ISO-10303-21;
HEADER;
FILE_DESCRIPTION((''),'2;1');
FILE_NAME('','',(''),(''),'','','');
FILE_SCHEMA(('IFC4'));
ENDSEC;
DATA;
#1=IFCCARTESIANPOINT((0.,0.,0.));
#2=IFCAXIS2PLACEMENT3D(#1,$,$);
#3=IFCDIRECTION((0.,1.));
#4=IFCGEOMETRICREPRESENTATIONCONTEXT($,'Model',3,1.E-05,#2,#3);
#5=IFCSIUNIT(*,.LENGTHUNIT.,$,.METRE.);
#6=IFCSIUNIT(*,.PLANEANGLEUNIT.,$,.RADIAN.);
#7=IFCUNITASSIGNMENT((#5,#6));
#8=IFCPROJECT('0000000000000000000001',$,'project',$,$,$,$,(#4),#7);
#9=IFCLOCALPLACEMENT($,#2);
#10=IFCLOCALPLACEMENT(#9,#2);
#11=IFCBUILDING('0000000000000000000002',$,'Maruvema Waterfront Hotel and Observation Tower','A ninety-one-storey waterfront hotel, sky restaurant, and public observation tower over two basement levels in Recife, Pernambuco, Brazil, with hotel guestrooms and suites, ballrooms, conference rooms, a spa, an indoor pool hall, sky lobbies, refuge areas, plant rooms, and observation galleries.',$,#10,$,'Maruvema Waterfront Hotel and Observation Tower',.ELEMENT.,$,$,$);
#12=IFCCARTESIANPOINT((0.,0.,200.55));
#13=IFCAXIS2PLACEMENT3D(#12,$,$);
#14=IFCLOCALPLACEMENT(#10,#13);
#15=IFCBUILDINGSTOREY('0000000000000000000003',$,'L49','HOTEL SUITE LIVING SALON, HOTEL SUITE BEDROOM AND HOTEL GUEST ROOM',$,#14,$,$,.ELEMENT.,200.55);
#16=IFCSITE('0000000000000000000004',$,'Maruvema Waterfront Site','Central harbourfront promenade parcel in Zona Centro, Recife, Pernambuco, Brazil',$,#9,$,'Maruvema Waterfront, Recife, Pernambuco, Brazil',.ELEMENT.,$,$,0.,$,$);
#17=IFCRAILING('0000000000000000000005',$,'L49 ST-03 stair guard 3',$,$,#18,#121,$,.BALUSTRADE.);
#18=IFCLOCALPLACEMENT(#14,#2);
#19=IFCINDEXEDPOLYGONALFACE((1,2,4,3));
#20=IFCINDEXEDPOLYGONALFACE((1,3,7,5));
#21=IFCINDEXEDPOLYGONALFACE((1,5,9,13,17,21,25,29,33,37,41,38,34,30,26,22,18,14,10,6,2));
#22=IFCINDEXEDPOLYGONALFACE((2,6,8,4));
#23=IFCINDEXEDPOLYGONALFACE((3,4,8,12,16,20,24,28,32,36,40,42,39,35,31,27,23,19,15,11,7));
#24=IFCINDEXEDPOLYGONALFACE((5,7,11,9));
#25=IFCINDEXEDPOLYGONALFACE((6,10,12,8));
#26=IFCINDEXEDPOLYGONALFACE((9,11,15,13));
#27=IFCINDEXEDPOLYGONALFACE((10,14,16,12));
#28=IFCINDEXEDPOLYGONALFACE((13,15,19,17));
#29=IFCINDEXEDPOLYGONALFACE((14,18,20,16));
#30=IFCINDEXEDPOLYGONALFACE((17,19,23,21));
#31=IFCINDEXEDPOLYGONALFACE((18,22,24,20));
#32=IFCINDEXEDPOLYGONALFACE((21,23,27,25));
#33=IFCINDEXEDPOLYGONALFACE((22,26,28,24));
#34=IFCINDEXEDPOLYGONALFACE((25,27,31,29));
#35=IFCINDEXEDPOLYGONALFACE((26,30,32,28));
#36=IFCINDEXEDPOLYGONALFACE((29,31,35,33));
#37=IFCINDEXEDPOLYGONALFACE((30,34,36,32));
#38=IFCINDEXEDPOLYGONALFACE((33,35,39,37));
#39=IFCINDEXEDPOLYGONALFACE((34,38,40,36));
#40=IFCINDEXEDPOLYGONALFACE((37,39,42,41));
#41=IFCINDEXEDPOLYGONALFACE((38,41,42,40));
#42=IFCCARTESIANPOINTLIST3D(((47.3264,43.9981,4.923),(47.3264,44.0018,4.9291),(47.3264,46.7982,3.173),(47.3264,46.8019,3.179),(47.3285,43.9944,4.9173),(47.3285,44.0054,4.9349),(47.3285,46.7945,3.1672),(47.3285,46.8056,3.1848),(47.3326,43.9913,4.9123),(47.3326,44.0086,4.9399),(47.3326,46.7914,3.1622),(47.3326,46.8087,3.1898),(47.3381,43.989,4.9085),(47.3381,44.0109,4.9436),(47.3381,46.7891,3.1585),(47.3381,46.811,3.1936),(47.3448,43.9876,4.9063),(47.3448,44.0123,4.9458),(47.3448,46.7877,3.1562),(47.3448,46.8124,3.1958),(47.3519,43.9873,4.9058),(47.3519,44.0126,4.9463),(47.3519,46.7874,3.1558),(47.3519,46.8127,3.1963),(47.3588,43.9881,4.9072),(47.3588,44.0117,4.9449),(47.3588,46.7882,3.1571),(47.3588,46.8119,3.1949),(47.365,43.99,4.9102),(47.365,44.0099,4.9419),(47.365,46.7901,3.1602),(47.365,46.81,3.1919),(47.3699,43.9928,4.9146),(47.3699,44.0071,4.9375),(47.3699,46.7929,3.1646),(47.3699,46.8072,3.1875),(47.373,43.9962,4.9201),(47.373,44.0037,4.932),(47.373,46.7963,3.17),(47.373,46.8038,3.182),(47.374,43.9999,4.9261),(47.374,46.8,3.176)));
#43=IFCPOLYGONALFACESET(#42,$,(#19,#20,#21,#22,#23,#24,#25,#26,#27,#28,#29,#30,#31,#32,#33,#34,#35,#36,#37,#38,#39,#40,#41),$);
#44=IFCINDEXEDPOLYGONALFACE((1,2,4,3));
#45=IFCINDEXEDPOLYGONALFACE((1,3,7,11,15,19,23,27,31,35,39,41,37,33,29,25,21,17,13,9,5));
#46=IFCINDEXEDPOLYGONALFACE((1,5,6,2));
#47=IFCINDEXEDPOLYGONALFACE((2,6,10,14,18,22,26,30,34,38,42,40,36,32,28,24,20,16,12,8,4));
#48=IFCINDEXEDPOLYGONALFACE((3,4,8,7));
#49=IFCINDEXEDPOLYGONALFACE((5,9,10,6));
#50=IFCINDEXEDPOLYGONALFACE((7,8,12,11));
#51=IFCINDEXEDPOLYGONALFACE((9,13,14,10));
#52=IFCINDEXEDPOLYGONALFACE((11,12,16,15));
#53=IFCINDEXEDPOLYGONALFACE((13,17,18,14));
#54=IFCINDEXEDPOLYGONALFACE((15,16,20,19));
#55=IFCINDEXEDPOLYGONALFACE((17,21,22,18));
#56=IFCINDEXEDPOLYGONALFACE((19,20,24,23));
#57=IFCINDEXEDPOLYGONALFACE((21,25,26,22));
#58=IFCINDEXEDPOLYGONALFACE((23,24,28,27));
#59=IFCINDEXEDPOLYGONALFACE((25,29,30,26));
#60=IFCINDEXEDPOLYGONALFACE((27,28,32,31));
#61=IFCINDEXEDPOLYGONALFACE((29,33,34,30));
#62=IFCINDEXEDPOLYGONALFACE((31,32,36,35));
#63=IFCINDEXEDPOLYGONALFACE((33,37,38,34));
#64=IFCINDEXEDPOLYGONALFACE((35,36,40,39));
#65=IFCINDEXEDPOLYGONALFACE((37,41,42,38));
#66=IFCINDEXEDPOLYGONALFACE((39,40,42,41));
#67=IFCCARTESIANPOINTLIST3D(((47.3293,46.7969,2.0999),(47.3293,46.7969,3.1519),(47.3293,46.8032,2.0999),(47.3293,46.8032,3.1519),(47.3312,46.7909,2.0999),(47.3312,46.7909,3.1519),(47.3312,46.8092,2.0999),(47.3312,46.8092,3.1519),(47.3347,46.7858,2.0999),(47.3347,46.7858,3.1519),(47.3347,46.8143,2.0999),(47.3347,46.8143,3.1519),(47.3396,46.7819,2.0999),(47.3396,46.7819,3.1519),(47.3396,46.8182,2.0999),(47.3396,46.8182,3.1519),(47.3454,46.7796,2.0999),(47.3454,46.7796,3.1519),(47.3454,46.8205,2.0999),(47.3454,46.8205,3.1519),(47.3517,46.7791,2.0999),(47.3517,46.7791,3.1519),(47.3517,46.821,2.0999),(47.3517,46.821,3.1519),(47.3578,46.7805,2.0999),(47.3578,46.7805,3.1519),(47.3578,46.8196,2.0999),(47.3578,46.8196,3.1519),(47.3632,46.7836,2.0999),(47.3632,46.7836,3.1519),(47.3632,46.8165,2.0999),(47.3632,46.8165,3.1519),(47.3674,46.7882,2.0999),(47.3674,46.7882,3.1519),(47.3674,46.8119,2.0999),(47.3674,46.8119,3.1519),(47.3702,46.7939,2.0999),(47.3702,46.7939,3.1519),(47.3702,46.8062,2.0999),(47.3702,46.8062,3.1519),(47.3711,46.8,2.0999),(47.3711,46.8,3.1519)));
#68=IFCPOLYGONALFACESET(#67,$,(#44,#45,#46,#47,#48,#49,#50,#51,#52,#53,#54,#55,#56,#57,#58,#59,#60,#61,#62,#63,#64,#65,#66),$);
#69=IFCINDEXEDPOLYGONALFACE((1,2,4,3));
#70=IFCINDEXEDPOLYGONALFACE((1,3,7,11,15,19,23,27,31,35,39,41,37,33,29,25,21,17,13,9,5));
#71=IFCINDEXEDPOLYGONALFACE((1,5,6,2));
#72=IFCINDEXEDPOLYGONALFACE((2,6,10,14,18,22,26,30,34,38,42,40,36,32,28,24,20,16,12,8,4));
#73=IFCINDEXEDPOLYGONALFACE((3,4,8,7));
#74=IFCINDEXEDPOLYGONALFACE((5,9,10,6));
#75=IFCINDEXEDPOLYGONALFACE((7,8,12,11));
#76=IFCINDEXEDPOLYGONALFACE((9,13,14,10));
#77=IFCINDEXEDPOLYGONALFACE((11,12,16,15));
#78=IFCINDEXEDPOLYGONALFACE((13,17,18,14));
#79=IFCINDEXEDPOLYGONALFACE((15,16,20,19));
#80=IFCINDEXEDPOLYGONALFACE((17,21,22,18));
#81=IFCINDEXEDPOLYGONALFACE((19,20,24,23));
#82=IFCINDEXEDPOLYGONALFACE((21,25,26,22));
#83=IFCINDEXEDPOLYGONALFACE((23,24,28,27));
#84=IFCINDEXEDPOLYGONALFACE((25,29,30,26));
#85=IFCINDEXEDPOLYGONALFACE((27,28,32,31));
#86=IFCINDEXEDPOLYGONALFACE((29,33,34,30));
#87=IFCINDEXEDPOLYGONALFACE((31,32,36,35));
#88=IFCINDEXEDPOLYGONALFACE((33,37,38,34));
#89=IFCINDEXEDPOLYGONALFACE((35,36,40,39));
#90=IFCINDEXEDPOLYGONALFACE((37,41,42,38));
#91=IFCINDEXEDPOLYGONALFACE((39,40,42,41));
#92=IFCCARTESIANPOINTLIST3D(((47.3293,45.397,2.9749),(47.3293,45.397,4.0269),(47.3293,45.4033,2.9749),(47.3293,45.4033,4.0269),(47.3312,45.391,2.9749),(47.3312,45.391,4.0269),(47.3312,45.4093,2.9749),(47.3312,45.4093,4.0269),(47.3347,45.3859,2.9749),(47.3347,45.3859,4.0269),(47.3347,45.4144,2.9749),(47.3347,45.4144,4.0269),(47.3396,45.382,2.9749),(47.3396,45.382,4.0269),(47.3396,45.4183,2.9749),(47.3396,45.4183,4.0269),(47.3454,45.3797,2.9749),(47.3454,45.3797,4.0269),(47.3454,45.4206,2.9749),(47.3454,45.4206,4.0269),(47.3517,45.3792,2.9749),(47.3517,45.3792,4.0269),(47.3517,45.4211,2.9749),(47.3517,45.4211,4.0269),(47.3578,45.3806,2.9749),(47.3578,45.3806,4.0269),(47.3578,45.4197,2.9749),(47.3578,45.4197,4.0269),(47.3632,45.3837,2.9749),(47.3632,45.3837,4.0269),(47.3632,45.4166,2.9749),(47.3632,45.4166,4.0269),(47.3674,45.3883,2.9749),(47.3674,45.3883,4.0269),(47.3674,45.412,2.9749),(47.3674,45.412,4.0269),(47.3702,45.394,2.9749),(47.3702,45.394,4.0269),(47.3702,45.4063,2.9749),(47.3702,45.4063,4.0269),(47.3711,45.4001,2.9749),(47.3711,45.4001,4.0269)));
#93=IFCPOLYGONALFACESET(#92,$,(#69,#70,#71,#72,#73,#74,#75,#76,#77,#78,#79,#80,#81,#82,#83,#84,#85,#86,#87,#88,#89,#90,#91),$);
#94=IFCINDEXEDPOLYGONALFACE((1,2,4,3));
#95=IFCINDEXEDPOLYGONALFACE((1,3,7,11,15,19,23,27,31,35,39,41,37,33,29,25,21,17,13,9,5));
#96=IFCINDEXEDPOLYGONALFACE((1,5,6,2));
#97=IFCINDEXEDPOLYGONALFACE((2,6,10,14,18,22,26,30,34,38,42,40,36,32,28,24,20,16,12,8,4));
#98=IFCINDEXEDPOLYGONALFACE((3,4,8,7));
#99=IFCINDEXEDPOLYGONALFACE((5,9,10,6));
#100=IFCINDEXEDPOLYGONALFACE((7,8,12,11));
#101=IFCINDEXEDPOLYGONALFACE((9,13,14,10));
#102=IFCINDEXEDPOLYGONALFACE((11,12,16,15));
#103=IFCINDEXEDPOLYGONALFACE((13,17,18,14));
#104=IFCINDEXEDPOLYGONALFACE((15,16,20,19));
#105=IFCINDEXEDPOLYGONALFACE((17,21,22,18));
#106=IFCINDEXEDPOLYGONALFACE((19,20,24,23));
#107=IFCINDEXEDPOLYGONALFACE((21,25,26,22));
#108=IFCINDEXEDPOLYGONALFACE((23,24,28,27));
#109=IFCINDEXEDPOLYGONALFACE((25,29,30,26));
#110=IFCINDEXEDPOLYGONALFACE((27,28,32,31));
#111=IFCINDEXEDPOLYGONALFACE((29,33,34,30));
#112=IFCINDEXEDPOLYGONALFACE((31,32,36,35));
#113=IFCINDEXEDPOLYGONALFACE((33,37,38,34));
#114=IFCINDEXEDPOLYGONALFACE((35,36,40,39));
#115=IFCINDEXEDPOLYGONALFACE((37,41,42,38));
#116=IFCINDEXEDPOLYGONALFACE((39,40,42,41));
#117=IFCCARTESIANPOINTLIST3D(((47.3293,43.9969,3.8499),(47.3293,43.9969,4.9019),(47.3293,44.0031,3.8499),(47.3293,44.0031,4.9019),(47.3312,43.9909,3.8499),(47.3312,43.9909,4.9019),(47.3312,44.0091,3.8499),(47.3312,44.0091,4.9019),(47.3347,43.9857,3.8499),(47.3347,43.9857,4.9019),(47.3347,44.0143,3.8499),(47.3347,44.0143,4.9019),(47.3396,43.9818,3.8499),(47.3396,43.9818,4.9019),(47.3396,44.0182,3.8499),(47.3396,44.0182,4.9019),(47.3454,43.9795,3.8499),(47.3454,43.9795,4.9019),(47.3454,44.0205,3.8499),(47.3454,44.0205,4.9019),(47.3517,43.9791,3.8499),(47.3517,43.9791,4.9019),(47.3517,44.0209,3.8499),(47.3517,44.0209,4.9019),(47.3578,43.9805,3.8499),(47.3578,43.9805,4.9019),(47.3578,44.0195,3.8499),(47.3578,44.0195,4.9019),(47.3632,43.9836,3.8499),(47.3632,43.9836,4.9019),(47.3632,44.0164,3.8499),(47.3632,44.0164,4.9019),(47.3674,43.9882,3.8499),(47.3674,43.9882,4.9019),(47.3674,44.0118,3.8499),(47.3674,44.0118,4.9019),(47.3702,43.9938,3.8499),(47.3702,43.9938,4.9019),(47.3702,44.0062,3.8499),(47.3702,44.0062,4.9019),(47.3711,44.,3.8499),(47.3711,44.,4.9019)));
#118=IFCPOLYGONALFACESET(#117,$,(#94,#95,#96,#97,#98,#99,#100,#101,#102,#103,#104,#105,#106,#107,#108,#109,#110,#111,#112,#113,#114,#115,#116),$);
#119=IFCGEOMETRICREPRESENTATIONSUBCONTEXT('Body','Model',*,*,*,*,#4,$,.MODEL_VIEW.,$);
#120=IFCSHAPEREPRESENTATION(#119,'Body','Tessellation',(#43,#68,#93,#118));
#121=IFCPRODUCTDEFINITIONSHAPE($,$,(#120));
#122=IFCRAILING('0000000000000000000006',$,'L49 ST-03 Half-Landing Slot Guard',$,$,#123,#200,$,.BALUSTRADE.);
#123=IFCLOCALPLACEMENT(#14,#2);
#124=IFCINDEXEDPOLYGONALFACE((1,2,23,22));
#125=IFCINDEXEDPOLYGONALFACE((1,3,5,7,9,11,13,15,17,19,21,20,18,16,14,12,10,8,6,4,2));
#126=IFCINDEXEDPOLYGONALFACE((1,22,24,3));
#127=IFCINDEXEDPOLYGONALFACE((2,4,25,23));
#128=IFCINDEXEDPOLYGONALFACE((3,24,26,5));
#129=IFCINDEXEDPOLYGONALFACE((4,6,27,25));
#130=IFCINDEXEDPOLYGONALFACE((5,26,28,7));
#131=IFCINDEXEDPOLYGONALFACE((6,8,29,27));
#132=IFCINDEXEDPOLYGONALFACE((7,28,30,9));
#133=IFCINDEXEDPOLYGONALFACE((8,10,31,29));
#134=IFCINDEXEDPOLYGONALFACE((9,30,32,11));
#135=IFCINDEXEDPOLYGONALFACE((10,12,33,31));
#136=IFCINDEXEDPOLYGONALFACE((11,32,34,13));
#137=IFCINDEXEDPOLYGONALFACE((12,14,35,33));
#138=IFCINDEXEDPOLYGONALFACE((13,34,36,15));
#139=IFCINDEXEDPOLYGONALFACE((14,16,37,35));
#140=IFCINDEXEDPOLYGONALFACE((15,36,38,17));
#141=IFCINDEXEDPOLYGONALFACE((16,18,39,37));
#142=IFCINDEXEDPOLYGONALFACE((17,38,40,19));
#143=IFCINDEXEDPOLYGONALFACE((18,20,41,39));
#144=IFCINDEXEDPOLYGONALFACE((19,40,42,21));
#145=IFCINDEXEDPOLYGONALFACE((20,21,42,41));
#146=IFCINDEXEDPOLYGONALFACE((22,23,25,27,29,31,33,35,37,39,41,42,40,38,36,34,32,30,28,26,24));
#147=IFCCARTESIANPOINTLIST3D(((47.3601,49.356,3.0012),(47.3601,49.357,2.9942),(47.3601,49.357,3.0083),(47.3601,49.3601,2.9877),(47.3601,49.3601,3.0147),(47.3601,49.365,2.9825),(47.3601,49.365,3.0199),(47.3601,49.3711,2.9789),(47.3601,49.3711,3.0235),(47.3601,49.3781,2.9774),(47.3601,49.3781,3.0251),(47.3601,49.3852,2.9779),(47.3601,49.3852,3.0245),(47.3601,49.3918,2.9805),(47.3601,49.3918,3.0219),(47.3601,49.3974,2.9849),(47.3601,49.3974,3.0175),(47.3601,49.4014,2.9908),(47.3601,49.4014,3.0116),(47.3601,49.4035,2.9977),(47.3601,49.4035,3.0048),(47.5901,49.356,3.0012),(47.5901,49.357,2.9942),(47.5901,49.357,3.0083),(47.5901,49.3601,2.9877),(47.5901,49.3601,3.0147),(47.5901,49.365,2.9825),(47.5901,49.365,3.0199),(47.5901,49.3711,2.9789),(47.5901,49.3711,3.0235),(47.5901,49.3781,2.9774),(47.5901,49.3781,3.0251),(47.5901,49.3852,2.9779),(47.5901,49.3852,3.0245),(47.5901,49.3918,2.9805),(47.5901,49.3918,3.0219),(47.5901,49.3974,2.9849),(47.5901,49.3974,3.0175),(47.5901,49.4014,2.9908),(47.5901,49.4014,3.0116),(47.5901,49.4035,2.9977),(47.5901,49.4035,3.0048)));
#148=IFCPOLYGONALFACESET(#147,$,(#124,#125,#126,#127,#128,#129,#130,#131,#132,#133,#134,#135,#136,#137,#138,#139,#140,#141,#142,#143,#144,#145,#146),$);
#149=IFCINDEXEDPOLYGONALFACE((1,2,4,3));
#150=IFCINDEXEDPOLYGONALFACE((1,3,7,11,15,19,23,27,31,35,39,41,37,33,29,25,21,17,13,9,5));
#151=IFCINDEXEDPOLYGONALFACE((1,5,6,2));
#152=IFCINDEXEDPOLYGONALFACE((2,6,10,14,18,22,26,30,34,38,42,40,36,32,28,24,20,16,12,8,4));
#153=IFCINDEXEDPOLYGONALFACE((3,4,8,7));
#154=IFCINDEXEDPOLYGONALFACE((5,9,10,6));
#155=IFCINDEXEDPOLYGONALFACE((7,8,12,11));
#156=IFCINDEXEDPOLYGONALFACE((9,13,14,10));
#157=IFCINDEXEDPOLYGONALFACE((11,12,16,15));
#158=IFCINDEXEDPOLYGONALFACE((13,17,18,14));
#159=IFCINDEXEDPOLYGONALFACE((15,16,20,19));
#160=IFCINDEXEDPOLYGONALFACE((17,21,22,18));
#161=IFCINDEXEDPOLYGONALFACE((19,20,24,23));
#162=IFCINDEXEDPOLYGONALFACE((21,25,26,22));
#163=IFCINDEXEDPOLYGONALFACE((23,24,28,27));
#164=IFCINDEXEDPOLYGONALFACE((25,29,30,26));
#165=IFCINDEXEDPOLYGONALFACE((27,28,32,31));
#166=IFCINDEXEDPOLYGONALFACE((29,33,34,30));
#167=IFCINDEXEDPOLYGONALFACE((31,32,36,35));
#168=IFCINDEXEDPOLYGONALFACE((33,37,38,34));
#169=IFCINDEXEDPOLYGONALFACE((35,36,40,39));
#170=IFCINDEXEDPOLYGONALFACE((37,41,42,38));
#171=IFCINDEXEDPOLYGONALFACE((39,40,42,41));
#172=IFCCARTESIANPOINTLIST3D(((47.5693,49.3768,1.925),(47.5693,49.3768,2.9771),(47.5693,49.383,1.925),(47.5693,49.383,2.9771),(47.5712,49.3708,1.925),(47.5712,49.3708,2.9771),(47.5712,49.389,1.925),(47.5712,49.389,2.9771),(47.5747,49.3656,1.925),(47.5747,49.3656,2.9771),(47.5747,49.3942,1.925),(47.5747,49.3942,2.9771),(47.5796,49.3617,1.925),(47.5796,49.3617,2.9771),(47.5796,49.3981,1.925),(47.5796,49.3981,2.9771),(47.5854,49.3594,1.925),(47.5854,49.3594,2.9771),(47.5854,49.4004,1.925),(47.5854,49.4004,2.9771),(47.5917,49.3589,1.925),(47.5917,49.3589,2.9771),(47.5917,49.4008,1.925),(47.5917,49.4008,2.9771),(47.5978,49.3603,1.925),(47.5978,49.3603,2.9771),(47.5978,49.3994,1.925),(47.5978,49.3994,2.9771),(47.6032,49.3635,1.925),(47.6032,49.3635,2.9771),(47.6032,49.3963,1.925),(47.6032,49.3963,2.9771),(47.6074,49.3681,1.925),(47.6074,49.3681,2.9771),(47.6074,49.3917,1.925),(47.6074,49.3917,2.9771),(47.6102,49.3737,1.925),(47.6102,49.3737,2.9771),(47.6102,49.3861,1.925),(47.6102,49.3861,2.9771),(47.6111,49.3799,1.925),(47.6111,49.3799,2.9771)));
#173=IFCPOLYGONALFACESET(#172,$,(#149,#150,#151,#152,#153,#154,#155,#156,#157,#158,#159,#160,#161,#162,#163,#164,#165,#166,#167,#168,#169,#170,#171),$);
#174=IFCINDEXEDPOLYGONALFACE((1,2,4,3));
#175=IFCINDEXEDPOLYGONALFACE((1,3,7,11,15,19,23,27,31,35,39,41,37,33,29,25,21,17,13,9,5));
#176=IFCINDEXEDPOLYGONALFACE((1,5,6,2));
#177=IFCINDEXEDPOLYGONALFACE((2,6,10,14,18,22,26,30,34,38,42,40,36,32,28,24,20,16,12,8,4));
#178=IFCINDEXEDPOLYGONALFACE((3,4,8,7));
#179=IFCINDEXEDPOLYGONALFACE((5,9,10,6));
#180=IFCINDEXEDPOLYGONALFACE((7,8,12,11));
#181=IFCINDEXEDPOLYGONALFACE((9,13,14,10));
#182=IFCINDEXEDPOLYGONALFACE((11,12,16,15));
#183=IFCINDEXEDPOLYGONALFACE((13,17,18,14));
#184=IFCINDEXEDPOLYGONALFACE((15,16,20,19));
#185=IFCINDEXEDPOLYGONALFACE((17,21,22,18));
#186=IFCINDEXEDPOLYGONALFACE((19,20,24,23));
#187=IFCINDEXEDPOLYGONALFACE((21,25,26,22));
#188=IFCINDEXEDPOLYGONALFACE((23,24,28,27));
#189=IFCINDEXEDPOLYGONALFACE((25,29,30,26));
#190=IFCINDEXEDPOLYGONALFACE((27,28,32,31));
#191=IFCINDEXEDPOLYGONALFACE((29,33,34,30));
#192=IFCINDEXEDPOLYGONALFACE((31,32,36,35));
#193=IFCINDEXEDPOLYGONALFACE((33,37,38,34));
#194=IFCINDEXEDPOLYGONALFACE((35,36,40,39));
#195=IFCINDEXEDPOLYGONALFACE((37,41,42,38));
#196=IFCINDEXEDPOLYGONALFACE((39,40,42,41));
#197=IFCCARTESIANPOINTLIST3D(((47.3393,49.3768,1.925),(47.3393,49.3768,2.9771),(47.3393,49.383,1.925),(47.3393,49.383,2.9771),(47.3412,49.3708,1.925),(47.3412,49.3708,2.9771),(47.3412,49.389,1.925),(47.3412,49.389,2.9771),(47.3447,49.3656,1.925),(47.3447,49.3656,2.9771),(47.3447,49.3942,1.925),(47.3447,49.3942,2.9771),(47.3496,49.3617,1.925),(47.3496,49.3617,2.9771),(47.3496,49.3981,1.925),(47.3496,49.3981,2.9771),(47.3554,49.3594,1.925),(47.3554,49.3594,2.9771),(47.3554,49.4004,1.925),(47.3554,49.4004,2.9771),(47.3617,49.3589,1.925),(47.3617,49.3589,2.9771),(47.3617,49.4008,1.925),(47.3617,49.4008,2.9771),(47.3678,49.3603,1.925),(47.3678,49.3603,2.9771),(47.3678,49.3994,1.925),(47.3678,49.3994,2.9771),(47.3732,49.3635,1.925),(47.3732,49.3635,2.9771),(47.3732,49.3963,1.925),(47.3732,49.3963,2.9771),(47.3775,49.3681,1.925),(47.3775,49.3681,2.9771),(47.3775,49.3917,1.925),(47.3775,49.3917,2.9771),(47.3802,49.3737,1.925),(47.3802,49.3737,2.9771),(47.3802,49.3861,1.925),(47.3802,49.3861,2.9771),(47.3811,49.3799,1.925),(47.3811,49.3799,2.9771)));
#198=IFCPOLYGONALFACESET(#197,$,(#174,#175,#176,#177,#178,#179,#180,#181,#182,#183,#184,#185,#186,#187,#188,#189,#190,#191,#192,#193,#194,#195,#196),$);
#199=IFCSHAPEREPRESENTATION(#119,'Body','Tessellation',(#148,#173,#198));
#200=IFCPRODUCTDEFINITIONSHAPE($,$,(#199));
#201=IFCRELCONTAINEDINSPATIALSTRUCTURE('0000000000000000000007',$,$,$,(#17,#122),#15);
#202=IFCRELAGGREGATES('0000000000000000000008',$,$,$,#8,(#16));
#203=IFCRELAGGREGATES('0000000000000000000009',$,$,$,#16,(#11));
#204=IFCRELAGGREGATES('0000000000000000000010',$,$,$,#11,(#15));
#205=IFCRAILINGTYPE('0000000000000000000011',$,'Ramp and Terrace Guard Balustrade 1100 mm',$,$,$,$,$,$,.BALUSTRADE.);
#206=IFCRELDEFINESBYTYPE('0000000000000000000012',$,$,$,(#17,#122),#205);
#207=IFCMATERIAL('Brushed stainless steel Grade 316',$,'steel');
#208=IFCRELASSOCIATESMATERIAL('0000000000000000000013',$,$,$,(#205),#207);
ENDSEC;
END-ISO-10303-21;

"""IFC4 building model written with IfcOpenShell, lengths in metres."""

from ifc_helpers import new_model, si_unit, direction, frame, origin, origin_2d, place, context, subcontext, project, spatial, circle, extrude, material, type_object, element, save


model = new_model("IFC4")

# Units and contexts
model_context = context("Model", 3, precision=1e-05, world=origin(), true_north=direction((0.0, 1.0)))
body_context = subcontext(model_context, "Body", "Model", "MODEL_VIEW")
ifc_project = project(units=[si_unit("LENGTHUNIT", "METRE"), si_unit("PLANEANGLEUNIT", "RADIAN")], contexts=[model_context])

# Site, building, storey
site_placement = place(None, origin())
site = spatial("IfcSite", under=ifc_project, at=site_placement, Name="Maruvema Waterfront Site", Description="Central harbourfront promenade parcel in Zona Centro, Recife, Pernambuco, Brazil", LongName="Maruvema Waterfront, Recife, Pernambuco, Brazil", CompositionType="ELEMENT", RefElevation=0.0)
building_placement = place(site_placement, origin())
building = spatial("IfcBuilding", under=site, at=building_placement, Name="Maruvema Waterfront Hotel and Observation Tower", Description="A ninety-one-storey waterfront hotel, sky restaurant, and public observation tower over two basement levels in Recife, Pernambuco, Brazil, with hotel guestrooms and suites, ballrooms, conference rooms, a spa, an indoor pool hall, sky lobbies, refuge areas, plant rooms, and observation galleries.", LongName="Maruvema Waterfront Hotel and Observation Tower", CompositionType="ELEMENT")
storey_placement = place(building_placement, frame((0.0, 0.0, 200.55)))
storey = spatial("IfcBuildingStorey", under=building, at=storey_placement, Name="L49", Description="HOTEL SUITE LIVING SALON, HOTEL SUITE BEDROOM AND HOTEL GUEST ROOM", CompositionType="ELEMENT", Elevation=200.55)

# Railings
ifc_material_1 = material(Name="Brushed stainless steel Grade 316", Category="steel")
railing_type_1 = type_object("IfcRailingType", Name="Ramp and Terrace Guard Balustrade 1100 mm", PredefinedType="BALUSTRADE", material=ifc_material_1)
railing_1_placement = place(storey_placement, frame((47.3501, 46.8, 2.0999)))
element("IfcRailing", 1, at=railing_1_placement, inside=storey, type_object=railing_type_1, Name="L49 ST-03 stair guard 3", PredefinedType="BALUSTRADE", context=body_context, shape_type="SweptSolid", body=[
    extrude(circle(Radius=0.0239, at=origin_2d()), frame((0.0, 0.0, 1.0762), z_axis=(0.0, -0.848002, 0.529992), x_axis=(1.0, 0.0, 0.0)), (0.0, 0.0, 1.0), 3.302),
    extrude(circle(Radius=0.021, at=origin_2d()), origin(), (0.0, 0.0, 1.0), 1.052),
    extrude(circle(Radius=0.021, at=origin_2d()), frame((0.0, -1.3999, 0.875)), (0.0, 0.0, 1.0), 1.052),
    extrude(circle(Radius=0.021, at=origin_2d()), frame((0.0, -2.8, 1.75)), (0.0, 0.0, 1.0), 1.052),
])
railing_2_placement = place(storey_placement, frame((47.5901, 49.3799, 1.925)))
element("IfcRailing", 2, at=railing_2_placement, inside=storey, type_object=railing_type_1, Name="L49 ST-03 Half-Landing Slot Guard", PredefinedType="BALUSTRADE", context=body_context, shape_type="SweptSolid", body=[
    extrude(circle(Radius=0.0239, at=origin_2d()), frame((0.0, 0.0, 1.0762), z_axis=(-1.0, 0.0, 0.0), x_axis=(0.0, -1.0, 0.0)), (0.0, 0.0, 1.0), 0.23),
    extrude(circle(Radius=0.021, at=origin_2d()), origin(), (0.0, 0.0, 1.0), 1.052),
    extrude(circle(Radius=0.021, at=origin_2d()), frame((-0.23, 0.0, 0.0)), (0.0, 0.0, 1.0), 1.052),
])

save(model, "model.ifc")
